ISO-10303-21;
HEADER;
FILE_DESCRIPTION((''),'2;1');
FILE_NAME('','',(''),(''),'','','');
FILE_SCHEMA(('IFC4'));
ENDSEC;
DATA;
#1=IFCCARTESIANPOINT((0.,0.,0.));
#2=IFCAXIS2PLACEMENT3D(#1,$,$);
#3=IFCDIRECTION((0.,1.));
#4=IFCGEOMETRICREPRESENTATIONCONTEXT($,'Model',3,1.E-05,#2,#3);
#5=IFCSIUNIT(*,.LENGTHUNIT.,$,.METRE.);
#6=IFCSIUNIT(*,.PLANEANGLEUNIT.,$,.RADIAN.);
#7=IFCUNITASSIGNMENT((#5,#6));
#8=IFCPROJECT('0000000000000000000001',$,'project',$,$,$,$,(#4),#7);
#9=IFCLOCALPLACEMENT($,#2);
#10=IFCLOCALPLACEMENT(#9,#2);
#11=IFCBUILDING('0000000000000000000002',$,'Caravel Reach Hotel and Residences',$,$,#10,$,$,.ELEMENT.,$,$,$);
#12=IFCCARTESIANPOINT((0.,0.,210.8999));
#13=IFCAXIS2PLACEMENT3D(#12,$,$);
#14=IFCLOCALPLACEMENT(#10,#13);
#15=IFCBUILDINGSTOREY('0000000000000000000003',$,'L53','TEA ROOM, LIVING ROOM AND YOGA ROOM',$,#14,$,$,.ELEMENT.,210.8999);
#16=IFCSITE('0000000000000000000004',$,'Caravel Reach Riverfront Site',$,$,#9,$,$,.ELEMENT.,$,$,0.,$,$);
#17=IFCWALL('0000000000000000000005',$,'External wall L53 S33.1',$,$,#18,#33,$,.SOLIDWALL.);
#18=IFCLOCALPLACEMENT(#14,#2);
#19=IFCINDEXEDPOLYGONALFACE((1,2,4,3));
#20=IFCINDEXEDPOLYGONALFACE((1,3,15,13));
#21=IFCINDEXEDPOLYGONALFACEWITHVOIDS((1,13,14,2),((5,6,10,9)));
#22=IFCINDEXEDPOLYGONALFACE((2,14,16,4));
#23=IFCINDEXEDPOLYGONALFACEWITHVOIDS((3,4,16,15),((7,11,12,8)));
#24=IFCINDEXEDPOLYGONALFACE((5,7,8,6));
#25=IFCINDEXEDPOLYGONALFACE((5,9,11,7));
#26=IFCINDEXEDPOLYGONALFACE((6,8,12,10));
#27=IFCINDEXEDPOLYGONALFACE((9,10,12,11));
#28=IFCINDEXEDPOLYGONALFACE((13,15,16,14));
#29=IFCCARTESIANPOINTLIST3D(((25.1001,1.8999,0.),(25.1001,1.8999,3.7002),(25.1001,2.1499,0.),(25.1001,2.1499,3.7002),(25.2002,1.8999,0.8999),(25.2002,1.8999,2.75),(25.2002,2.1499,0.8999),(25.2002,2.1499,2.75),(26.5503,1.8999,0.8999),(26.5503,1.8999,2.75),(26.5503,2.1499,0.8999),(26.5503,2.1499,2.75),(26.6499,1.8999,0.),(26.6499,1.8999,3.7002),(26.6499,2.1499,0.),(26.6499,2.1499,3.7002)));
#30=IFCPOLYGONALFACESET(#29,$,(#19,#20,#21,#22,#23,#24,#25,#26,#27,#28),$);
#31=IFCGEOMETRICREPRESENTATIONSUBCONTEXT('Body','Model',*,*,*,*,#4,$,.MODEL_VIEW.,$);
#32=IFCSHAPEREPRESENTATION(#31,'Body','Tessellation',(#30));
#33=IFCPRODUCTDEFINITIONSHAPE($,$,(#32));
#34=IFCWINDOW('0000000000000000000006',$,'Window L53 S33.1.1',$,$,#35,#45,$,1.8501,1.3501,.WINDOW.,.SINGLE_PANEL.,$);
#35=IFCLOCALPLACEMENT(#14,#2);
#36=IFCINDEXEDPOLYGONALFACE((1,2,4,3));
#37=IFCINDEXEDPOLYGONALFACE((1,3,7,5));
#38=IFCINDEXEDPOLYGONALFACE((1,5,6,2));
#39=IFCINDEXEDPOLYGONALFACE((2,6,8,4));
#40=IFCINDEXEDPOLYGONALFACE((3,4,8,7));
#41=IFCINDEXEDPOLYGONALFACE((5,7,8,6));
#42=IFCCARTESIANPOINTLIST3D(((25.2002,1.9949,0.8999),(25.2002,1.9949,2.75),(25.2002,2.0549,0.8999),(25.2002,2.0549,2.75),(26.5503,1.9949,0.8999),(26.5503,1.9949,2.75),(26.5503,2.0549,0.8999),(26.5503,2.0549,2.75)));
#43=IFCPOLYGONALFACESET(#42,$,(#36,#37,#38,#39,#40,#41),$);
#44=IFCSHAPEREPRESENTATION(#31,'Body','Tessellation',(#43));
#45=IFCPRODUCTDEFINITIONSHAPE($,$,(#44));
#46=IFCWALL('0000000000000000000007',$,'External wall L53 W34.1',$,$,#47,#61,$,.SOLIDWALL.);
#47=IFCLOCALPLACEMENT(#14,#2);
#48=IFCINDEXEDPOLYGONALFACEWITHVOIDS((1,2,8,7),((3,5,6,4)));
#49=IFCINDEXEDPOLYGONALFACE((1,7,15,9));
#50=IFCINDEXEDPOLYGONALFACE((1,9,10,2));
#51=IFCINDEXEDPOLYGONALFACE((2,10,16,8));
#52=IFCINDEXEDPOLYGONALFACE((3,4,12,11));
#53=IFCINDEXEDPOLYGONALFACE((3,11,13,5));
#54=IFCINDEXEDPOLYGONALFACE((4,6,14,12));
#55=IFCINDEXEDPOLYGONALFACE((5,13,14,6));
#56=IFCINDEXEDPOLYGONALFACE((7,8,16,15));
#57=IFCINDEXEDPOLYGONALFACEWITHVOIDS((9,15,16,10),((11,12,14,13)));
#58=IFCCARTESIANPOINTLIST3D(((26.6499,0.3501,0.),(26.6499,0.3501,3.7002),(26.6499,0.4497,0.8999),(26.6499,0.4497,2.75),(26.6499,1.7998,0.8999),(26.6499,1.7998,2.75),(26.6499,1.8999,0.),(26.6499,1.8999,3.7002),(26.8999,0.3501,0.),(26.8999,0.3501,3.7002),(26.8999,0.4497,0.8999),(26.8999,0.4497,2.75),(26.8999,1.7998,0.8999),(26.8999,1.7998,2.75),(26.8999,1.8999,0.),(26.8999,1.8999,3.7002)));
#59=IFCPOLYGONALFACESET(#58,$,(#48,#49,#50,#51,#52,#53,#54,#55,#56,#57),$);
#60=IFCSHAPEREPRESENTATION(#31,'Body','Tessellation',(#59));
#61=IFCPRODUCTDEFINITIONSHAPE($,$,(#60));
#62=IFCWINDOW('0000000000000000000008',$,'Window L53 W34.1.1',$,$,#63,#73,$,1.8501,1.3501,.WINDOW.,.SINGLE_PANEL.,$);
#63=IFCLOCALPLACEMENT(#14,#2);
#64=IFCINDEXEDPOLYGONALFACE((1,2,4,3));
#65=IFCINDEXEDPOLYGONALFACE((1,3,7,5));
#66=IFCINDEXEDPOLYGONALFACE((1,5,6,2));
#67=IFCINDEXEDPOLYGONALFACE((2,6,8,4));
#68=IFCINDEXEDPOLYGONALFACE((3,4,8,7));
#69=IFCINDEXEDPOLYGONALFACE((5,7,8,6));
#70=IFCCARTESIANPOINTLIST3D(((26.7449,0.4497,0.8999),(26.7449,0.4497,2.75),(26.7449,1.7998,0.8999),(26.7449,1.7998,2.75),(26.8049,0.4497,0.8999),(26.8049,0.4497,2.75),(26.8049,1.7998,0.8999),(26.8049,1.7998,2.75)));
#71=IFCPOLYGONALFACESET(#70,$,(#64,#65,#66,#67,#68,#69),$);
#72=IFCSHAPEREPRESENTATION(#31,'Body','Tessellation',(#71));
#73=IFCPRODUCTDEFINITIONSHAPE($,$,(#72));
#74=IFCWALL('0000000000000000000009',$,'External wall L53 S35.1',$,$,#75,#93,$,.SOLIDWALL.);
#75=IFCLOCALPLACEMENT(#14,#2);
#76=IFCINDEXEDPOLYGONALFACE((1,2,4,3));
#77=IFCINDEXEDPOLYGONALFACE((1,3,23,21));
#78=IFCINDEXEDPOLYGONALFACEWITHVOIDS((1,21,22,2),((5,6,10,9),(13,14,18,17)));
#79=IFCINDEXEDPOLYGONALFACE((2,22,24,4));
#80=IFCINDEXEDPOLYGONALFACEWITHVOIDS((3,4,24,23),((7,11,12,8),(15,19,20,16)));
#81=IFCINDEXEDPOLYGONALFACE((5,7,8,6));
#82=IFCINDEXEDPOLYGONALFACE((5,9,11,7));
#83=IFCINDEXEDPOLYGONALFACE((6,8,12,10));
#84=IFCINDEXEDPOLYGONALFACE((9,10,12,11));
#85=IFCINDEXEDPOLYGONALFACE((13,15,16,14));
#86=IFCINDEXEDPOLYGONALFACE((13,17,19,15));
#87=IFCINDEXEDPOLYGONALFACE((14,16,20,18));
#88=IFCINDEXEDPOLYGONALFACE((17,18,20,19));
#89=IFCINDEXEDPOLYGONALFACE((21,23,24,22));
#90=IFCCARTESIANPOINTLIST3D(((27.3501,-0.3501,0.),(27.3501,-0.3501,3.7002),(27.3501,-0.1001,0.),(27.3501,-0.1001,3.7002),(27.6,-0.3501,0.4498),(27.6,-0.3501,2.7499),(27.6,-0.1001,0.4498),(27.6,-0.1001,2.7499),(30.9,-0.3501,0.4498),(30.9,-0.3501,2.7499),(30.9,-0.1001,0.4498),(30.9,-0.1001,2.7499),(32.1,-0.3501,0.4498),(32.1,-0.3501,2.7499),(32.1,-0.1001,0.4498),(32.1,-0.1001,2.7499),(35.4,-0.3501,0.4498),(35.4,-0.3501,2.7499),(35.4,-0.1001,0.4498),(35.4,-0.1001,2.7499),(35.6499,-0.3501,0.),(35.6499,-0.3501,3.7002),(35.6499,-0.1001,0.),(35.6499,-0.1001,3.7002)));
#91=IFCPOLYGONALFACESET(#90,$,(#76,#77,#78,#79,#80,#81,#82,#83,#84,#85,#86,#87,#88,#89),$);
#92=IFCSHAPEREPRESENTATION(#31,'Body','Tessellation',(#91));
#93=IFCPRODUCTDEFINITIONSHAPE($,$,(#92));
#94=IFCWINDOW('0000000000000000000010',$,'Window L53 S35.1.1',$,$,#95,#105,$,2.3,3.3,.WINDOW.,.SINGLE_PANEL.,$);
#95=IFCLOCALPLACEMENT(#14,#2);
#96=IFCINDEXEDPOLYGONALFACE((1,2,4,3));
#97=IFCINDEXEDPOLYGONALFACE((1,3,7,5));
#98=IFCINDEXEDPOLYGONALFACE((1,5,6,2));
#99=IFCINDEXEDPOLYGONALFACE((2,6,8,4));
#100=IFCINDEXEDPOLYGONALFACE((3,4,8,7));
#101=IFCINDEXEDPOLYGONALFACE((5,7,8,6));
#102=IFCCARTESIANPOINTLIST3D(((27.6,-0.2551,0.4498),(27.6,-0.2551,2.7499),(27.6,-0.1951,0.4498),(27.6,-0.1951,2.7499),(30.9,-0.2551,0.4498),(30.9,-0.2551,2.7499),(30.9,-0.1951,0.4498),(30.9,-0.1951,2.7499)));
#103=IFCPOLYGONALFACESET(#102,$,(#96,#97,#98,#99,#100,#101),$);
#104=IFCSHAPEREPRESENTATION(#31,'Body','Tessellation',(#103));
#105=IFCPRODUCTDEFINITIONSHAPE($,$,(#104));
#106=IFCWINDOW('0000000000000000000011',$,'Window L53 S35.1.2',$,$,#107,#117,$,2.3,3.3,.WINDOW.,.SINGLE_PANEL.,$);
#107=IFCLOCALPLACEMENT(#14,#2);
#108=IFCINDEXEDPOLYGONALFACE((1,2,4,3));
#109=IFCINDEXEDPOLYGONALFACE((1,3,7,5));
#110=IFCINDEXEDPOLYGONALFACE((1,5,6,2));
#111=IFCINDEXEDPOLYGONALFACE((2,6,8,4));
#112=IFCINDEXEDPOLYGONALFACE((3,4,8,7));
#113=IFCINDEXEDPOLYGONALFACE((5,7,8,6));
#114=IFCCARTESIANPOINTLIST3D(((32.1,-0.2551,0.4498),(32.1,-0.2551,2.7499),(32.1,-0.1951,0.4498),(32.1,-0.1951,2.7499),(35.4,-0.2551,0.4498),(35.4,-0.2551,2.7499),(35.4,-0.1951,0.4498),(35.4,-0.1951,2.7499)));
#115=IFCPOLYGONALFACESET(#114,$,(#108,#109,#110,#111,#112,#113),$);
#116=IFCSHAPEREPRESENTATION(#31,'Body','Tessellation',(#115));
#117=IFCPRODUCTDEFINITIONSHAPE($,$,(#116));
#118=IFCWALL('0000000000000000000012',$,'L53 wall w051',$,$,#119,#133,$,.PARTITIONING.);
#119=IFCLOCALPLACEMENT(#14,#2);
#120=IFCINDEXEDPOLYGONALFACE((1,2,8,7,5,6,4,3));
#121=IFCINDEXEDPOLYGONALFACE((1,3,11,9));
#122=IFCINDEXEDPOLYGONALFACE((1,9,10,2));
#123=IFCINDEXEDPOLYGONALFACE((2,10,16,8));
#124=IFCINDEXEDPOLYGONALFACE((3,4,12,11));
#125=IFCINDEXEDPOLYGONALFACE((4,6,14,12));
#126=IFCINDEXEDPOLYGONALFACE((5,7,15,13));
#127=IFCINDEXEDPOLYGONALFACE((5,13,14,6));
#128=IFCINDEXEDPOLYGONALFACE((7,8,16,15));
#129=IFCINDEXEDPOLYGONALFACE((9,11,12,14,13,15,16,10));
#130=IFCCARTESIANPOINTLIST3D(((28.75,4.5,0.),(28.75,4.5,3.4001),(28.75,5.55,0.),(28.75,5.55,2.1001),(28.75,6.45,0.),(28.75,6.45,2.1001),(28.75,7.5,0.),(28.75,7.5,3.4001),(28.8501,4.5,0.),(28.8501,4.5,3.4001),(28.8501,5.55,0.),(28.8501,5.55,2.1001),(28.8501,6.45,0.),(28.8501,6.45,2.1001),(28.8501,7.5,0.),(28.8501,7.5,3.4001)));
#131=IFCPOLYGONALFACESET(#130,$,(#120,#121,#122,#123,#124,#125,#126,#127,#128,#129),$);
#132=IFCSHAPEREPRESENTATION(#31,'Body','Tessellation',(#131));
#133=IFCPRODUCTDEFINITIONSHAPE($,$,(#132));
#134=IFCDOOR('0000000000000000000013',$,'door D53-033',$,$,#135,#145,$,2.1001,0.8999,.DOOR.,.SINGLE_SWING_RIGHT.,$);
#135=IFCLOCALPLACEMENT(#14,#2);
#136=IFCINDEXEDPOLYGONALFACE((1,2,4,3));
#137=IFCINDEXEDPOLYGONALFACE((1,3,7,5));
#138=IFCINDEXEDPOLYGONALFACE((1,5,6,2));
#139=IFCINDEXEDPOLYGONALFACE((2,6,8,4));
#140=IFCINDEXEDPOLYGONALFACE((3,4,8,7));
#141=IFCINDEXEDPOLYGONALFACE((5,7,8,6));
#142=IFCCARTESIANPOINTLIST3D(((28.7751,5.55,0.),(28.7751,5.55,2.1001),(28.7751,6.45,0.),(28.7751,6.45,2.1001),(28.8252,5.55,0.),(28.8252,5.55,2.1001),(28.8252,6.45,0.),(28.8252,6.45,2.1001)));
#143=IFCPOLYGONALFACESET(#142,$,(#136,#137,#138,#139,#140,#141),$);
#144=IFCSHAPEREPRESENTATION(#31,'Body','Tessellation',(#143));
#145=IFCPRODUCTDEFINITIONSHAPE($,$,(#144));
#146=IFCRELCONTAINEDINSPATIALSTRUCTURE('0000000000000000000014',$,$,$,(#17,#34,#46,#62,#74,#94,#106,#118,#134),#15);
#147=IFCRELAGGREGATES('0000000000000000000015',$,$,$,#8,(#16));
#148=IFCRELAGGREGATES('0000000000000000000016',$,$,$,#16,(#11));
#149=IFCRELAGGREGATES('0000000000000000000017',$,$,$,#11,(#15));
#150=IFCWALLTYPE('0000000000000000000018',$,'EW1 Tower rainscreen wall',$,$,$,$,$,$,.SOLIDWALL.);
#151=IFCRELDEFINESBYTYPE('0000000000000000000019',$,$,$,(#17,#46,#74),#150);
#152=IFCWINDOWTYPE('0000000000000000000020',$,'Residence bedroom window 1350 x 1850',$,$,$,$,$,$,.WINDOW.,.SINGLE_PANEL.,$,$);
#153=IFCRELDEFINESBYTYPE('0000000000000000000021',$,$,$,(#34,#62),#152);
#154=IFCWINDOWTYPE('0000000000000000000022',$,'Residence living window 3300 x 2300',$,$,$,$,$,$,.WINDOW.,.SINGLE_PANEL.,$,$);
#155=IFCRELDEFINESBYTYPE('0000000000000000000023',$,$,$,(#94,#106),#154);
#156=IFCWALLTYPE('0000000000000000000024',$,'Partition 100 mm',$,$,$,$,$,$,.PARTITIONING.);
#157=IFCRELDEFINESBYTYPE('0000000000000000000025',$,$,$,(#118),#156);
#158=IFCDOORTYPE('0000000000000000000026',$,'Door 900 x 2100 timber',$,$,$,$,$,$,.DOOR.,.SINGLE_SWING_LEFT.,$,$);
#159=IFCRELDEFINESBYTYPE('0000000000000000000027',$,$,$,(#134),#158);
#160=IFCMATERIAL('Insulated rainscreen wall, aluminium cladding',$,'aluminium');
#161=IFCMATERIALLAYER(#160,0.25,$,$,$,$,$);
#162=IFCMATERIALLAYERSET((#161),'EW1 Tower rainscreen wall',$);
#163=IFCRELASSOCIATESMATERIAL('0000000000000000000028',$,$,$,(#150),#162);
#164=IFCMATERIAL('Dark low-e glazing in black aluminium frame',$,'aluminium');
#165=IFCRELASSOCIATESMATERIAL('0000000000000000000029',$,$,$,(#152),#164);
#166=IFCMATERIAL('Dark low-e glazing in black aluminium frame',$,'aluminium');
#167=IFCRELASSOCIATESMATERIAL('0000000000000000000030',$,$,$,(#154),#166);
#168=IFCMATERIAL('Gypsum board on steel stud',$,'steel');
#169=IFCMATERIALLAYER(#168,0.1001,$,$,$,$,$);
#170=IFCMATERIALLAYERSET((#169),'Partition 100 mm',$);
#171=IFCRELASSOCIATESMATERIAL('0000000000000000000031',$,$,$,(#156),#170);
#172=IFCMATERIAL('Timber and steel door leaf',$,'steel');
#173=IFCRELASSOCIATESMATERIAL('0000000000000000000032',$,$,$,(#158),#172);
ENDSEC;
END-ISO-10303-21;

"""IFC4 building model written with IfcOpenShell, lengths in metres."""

from ifc_helpers import new_model, si_unit, direction, frame, frame_2d, origin, place, context, subcontext, project, spatial, rectangle, extrude, material, layer, layer_set, type_object, element, fill, save


model = new_model("IFC4")

# Units and contexts
model_context = context("Model", 3, precision=1e-05, world=origin(), true_north=direction((0.0, 1.0)))
body_context = subcontext(model_context, "Body", "Model", "MODEL_VIEW")
ifc_project = project(units=[si_unit("LENGTHUNIT", "METRE"), si_unit("PLANEANGLEUNIT", "RADIAN")], contexts=[model_context])

# Site, building, storey
site_placement = place(None, origin())
site = spatial("IfcSite", under=ifc_project, at=site_placement, Name="Caravel Reach Riverfront Site", CompositionType="ELEMENT", RefElevation=0.0)
building_placement = place(site_placement, origin())
building = spatial("IfcBuilding", under=site, at=building_placement, Name="Caravel Reach Hotel and Residences", CompositionType="ELEMENT")
storey_placement = place(building_placement, frame((0.0, 0.0, 210.8999)))
storey = spatial("IfcBuildingStorey", under=building, at=storey_placement, Name="L53", Description="TEA ROOM, LIVING ROOM AND YOGA ROOM", CompositionType="ELEMENT", Elevation=210.8999)

# Walls, openings, windows
ifc_material_1 = material(Name="Insulated rainscreen wall, aluminium cladding", Category="aluminium")
ifc_layer_1 = layer(ifc_material_1, 0.25)
ifc_layer_set_1 = layer_set([ifc_layer_1], Name="EW1 Tower rainscreen wall")
wall_type_1 = type_object("IfcWallType", Name="EW1 Tower rainscreen wall", PredefinedType="SOLIDWALL", material=ifc_layer_set_1)
wall_1_placement = place(storey_placement, frame((25.1001, 2.0249, 0.0), z_axis=(0.0, 0.0, 1.0), x_axis=(1.0, 0.0, 0.0)))
wall_1 = element("IfcWall", 1, at=wall_1_placement, inside=storey, type_object=wall_type_1, Name="External wall L53 S33.1", PredefinedType="SOLIDWALL", context=body_context, shape_type="SweptSolid", body=[
    extrude(rectangle(XDim=1.5498, YDim=0.25, at=frame_2d((0.7749, 0.0))), origin(), (0.0, 0.0, 1.0), 3.7002),
])
opening_1_placement = place(wall_1_placement, frame((0.1001, 0.0, 0.8999)))
opening_1 = element("IfcOpeningElement", 2, at=opening_1_placement, cuts=wall_1, PredefinedType="OPENING", context=body_context, shape_type="SweptSolid", body=[
    extrude(rectangle(XDim=1.3501, YDim=1.8501, at=frame_2d((0.675, 0.925))), frame((0.0, 0.135, 0.0), z_axis=(0.0, -1.0, 0.0), x_axis=(1.0, 0.0, 0.0)), (0.0, 0.0, 1.0), 0.27),
])
ifc_material_2 = material(Name="Dark low-e glazing in black aluminium frame", Category="aluminium")
window_type_1 = type_object("IfcWindowType", Name="Residence bedroom window 1350 x 1850", PartitioningType="SINGLE_PANEL", PredefinedType="WINDOW", material=ifc_material_2)
window_1_placement = place(opening_1_placement, origin())
window_1 = element("IfcWindow", 3, at=window_1_placement, inside=storey, type_object=window_type_1, Name="Window L53 S33.1.1", OverallHeight=1.8501, OverallWidth=1.3501, PartitioningType="SINGLE_PANEL", PredefinedType="WINDOW", context=body_context, shape_type="SweptSolid", body=[
    extrude(rectangle(XDim=1.3501, YDim=1.8501, at=frame_2d((0.675, 0.925))), frame((0.0, 0.03, 0.0), z_axis=(0.0, -1.0, 0.0), x_axis=(1.0, 0.0, 0.0)), (0.0, 0.0, 1.0), 0.0601),
])
fill(opening_1, window_1)
wall_2_placement = place(storey_placement, frame((26.7749, 1.8999, 0.0), z_axis=(0.0, 0.0, 1.0), x_axis=(0.0, -1.0, 0.0)))
wall_2 = element("IfcWall", 4, at=wall_2_placement, inside=storey, type_object=wall_type_1, Name="External wall L53 W34.1", PredefinedType="SOLIDWALL", context=body_context, shape_type="SweptSolid", body=[
    extrude(rectangle(XDim=1.5498, YDim=0.25, at=frame_2d((0.7749, 0.0))), origin(), (0.0, 0.0, 1.0), 3.7002),
])
opening_2_placement = place(wall_2_placement, frame((0.1001, 0.0, 0.8999)))
opening_2 = element("IfcOpeningElement", 5, at=opening_2_placement, cuts=wall_2, PredefinedType="OPENING", context=body_context, shape_type="SweptSolid", body=[
    extrude(rectangle(XDim=1.3501, YDim=1.8501, at=frame_2d((0.675, 0.925))), frame((0.0, 0.135, 0.0), z_axis=(0.0, -1.0, 0.0), x_axis=(1.0, 0.0, 0.0)), (0.0, 0.0, 1.0), 0.27),
])
window_2_placement = place(opening_2_placement, origin())
window_2 = element("IfcWindow", 6, at=window_2_placement, inside=storey, type_object=window_type_1, Name="Window L53 W34.1.1", OverallHeight=1.8501, OverallWidth=1.3501, PartitioningType="SINGLE_PANEL", PredefinedType="WINDOW", context=body_context, shape_type="SweptSolid", body=[
    extrude(rectangle(XDim=1.3501, YDim=1.8501, at=frame_2d((0.675, 0.925))), frame((0.0, 0.03, 0.0), z_axis=(0.0, -1.0, 0.0), x_axis=(1.0, 0.0, 0.0)), (0.0, 0.0, 1.0), 0.0601),
])
fill(opening_2, window_2)

# Wall, openings, windows
wall_3_placement = place(storey_placement, frame((27.3501, -0.2251, 0.0), z_axis=(0.0, 0.0, 1.0), x_axis=(1.0, 0.0, 0.0)))
wall_3 = element("IfcWall", 7, at=wall_3_placement, inside=storey, type_object=wall_type_1, Name="External wall L53 S35.1", PredefinedType="SOLIDWALL", context=body_context, shape_type="SweptSolid", body=[
    extrude(rectangle(XDim=8.2998, YDim=0.25, at=frame_2d((4.1499, 0.0))), origin(), (0.0, 0.0, 1.0), 3.7002),
])
opening_3_placement = place(wall_3_placement, frame((0.25, 0.0, 0.45)))
opening_3 = element("IfcOpeningElement", 8, at=opening_3_placement, cuts=wall_3, PredefinedType="OPENING", context=body_context, shape_type="SweptSolid", body=[
    extrude(rectangle(XDim=3.3, YDim=2.3, at=frame_2d((1.6499, 1.1499))), frame((0.0, 0.135, 0.0), z_axis=(0.0, -1.0, 0.0), x_axis=(1.0, 0.0, 0.0)), (0.0, 0.0, 1.0), 0.27),
])
opening_4_placement = place(wall_3_placement, frame((4.75, 0.0, 0.45)))
opening_4 = element("IfcOpeningElement", 9, at=opening_4_placement, cuts=wall_3, PredefinedType="OPENING", context=body_context, shape_type="SweptSolid", body=[
    extrude(rectangle(XDim=3.3, YDim=2.3, at=frame_2d((1.6499, 1.1499))), frame((0.0, 0.135, 0.0), z_axis=(0.0, -1.0, 0.0), x_axis=(1.0, 0.0, 0.0)), (0.0, 0.0, 1.0), 0.27),
])
ifc_material_3 = material(Name="Dark low-e glazing in black aluminium frame", Category="aluminium")
window_type_2 = type_object("IfcWindowType", Name="Residence living window 3300 x 2300", PartitioningType="SINGLE_PANEL", PredefinedType="WINDOW", material=ifc_material_3)
window_3_placement = place(opening_3_placement, origin())
window_3 = element("IfcWindow", 10, at=window_3_placement, inside=storey, type_object=window_type_2, Name="Window L53 S35.1.1", OverallHeight=2.3, OverallWidth=3.3, PartitioningType="SINGLE_PANEL", PredefinedType="WINDOW", context=body_context, shape_type="SweptSolid", body=[
    extrude(rectangle(XDim=3.3, YDim=2.3, at=frame_2d((1.6499, 1.1499))), frame((0.0, 0.03, 0.0), z_axis=(0.0, -1.0, 0.0), x_axis=(1.0, 0.0, 0.0)), (0.0, 0.0, 1.0), 0.0601),
])
fill(opening_3, window_3)
window_4_placement = place(opening_4_placement, origin())
window_4 = element("IfcWindow", 11, at=window_4_placement, inside=storey, type_object=window_type_2, Name="Window L53 S35.1.2", OverallHeight=2.3, OverallWidth=3.3, PartitioningType="SINGLE_PANEL", PredefinedType="WINDOW", context=body_context, shape_type="SweptSolid", body=[
    extrude(rectangle(XDim=3.3, YDim=2.3, at=frame_2d((1.6499, 1.1499))), frame((0.0, 0.03, 0.0), z_axis=(0.0, -1.0, 0.0), x_axis=(1.0, 0.0, 0.0)), (0.0, 0.0, 1.0), 0.0601),
])
fill(opening_4, window_4)

# Wall, opening, door
ifc_material_4 = material(Name="Gypsum board on steel stud", Category="steel")
ifc_layer_2 = layer(ifc_material_4, 0.1001)
ifc_layer_set_2 = layer_set([ifc_layer_2], Name="Partition 100 mm")
wall_type_2 = type_object("IfcWallType", Name="Partition 100 mm", PredefinedType="PARTITIONING", material=ifc_layer_set_2)
wall_4_placement = place(storey_placement, frame((28.8, 4.5, 0.0), z_axis=(0.0, 0.0, 1.0), x_axis=(0.0, 1.0, 0.0)))
wall_4 = element("IfcWall", 12, at=wall_4_placement, inside=storey, type_object=wall_type_2, Name="L53 wall w051", PredefinedType="PARTITIONING", context=body_context, shape_type="SweptSolid", body=[
    extrude(rectangle(XDim=3.0, YDim=0.1001, at=frame_2d((1.5, 0.0))), origin(), (0.0, 0.0, 1.0), 3.4001),
])
opening_5_placement = place(wall_4_placement, frame((1.05, 0.0, 0.0)))
opening_5 = element("IfcOpeningElement", 13, at=opening_5_placement, cuts=wall_4, PredefinedType="OPENING", context=body_context, shape_type="SweptSolid", body=[
    extrude(rectangle(XDim=0.8999, YDim=2.1001, at=frame_2d((0.45, 1.05))), frame((0.0, 0.0601, 0.0), z_axis=(0.0, -1.0, 0.0), x_axis=(1.0, 0.0, 0.0)), (0.0, 0.0, 1.0), 0.1201),
])
ifc_material_5 = material(Name="Timber and steel door leaf", Category="steel")
door_type_1 = type_object("IfcDoorType", Name="Door 900 x 2100 timber", OperationType="SINGLE_SWING_LEFT", PredefinedType="DOOR", material=ifc_material_5)
door_1_placement = place(opening_5_placement, origin())
door_1 = element("IfcDoor", 14, at=door_1_placement, inside=storey, type_object=door_type_1, Name="door D53-033", OperationType="SINGLE_SWING_RIGHT", OverallHeight=2.1001, OverallWidth=0.8999, PredefinedType="DOOR", context=body_context, shape_type="SweptSolid", body=[
    extrude(rectangle(XDim=0.8999, YDim=2.1001, at=frame_2d((0.45, 1.05))), frame((0.0, 0.0249, 0.0), z_axis=(0.0, -1.0, 0.0), x_axis=(1.0, 0.0, 0.0)), (0.0, 0.0, 1.0), 0.05),
])
fill(opening_5, door_1)

save(model, "model.ifc")
